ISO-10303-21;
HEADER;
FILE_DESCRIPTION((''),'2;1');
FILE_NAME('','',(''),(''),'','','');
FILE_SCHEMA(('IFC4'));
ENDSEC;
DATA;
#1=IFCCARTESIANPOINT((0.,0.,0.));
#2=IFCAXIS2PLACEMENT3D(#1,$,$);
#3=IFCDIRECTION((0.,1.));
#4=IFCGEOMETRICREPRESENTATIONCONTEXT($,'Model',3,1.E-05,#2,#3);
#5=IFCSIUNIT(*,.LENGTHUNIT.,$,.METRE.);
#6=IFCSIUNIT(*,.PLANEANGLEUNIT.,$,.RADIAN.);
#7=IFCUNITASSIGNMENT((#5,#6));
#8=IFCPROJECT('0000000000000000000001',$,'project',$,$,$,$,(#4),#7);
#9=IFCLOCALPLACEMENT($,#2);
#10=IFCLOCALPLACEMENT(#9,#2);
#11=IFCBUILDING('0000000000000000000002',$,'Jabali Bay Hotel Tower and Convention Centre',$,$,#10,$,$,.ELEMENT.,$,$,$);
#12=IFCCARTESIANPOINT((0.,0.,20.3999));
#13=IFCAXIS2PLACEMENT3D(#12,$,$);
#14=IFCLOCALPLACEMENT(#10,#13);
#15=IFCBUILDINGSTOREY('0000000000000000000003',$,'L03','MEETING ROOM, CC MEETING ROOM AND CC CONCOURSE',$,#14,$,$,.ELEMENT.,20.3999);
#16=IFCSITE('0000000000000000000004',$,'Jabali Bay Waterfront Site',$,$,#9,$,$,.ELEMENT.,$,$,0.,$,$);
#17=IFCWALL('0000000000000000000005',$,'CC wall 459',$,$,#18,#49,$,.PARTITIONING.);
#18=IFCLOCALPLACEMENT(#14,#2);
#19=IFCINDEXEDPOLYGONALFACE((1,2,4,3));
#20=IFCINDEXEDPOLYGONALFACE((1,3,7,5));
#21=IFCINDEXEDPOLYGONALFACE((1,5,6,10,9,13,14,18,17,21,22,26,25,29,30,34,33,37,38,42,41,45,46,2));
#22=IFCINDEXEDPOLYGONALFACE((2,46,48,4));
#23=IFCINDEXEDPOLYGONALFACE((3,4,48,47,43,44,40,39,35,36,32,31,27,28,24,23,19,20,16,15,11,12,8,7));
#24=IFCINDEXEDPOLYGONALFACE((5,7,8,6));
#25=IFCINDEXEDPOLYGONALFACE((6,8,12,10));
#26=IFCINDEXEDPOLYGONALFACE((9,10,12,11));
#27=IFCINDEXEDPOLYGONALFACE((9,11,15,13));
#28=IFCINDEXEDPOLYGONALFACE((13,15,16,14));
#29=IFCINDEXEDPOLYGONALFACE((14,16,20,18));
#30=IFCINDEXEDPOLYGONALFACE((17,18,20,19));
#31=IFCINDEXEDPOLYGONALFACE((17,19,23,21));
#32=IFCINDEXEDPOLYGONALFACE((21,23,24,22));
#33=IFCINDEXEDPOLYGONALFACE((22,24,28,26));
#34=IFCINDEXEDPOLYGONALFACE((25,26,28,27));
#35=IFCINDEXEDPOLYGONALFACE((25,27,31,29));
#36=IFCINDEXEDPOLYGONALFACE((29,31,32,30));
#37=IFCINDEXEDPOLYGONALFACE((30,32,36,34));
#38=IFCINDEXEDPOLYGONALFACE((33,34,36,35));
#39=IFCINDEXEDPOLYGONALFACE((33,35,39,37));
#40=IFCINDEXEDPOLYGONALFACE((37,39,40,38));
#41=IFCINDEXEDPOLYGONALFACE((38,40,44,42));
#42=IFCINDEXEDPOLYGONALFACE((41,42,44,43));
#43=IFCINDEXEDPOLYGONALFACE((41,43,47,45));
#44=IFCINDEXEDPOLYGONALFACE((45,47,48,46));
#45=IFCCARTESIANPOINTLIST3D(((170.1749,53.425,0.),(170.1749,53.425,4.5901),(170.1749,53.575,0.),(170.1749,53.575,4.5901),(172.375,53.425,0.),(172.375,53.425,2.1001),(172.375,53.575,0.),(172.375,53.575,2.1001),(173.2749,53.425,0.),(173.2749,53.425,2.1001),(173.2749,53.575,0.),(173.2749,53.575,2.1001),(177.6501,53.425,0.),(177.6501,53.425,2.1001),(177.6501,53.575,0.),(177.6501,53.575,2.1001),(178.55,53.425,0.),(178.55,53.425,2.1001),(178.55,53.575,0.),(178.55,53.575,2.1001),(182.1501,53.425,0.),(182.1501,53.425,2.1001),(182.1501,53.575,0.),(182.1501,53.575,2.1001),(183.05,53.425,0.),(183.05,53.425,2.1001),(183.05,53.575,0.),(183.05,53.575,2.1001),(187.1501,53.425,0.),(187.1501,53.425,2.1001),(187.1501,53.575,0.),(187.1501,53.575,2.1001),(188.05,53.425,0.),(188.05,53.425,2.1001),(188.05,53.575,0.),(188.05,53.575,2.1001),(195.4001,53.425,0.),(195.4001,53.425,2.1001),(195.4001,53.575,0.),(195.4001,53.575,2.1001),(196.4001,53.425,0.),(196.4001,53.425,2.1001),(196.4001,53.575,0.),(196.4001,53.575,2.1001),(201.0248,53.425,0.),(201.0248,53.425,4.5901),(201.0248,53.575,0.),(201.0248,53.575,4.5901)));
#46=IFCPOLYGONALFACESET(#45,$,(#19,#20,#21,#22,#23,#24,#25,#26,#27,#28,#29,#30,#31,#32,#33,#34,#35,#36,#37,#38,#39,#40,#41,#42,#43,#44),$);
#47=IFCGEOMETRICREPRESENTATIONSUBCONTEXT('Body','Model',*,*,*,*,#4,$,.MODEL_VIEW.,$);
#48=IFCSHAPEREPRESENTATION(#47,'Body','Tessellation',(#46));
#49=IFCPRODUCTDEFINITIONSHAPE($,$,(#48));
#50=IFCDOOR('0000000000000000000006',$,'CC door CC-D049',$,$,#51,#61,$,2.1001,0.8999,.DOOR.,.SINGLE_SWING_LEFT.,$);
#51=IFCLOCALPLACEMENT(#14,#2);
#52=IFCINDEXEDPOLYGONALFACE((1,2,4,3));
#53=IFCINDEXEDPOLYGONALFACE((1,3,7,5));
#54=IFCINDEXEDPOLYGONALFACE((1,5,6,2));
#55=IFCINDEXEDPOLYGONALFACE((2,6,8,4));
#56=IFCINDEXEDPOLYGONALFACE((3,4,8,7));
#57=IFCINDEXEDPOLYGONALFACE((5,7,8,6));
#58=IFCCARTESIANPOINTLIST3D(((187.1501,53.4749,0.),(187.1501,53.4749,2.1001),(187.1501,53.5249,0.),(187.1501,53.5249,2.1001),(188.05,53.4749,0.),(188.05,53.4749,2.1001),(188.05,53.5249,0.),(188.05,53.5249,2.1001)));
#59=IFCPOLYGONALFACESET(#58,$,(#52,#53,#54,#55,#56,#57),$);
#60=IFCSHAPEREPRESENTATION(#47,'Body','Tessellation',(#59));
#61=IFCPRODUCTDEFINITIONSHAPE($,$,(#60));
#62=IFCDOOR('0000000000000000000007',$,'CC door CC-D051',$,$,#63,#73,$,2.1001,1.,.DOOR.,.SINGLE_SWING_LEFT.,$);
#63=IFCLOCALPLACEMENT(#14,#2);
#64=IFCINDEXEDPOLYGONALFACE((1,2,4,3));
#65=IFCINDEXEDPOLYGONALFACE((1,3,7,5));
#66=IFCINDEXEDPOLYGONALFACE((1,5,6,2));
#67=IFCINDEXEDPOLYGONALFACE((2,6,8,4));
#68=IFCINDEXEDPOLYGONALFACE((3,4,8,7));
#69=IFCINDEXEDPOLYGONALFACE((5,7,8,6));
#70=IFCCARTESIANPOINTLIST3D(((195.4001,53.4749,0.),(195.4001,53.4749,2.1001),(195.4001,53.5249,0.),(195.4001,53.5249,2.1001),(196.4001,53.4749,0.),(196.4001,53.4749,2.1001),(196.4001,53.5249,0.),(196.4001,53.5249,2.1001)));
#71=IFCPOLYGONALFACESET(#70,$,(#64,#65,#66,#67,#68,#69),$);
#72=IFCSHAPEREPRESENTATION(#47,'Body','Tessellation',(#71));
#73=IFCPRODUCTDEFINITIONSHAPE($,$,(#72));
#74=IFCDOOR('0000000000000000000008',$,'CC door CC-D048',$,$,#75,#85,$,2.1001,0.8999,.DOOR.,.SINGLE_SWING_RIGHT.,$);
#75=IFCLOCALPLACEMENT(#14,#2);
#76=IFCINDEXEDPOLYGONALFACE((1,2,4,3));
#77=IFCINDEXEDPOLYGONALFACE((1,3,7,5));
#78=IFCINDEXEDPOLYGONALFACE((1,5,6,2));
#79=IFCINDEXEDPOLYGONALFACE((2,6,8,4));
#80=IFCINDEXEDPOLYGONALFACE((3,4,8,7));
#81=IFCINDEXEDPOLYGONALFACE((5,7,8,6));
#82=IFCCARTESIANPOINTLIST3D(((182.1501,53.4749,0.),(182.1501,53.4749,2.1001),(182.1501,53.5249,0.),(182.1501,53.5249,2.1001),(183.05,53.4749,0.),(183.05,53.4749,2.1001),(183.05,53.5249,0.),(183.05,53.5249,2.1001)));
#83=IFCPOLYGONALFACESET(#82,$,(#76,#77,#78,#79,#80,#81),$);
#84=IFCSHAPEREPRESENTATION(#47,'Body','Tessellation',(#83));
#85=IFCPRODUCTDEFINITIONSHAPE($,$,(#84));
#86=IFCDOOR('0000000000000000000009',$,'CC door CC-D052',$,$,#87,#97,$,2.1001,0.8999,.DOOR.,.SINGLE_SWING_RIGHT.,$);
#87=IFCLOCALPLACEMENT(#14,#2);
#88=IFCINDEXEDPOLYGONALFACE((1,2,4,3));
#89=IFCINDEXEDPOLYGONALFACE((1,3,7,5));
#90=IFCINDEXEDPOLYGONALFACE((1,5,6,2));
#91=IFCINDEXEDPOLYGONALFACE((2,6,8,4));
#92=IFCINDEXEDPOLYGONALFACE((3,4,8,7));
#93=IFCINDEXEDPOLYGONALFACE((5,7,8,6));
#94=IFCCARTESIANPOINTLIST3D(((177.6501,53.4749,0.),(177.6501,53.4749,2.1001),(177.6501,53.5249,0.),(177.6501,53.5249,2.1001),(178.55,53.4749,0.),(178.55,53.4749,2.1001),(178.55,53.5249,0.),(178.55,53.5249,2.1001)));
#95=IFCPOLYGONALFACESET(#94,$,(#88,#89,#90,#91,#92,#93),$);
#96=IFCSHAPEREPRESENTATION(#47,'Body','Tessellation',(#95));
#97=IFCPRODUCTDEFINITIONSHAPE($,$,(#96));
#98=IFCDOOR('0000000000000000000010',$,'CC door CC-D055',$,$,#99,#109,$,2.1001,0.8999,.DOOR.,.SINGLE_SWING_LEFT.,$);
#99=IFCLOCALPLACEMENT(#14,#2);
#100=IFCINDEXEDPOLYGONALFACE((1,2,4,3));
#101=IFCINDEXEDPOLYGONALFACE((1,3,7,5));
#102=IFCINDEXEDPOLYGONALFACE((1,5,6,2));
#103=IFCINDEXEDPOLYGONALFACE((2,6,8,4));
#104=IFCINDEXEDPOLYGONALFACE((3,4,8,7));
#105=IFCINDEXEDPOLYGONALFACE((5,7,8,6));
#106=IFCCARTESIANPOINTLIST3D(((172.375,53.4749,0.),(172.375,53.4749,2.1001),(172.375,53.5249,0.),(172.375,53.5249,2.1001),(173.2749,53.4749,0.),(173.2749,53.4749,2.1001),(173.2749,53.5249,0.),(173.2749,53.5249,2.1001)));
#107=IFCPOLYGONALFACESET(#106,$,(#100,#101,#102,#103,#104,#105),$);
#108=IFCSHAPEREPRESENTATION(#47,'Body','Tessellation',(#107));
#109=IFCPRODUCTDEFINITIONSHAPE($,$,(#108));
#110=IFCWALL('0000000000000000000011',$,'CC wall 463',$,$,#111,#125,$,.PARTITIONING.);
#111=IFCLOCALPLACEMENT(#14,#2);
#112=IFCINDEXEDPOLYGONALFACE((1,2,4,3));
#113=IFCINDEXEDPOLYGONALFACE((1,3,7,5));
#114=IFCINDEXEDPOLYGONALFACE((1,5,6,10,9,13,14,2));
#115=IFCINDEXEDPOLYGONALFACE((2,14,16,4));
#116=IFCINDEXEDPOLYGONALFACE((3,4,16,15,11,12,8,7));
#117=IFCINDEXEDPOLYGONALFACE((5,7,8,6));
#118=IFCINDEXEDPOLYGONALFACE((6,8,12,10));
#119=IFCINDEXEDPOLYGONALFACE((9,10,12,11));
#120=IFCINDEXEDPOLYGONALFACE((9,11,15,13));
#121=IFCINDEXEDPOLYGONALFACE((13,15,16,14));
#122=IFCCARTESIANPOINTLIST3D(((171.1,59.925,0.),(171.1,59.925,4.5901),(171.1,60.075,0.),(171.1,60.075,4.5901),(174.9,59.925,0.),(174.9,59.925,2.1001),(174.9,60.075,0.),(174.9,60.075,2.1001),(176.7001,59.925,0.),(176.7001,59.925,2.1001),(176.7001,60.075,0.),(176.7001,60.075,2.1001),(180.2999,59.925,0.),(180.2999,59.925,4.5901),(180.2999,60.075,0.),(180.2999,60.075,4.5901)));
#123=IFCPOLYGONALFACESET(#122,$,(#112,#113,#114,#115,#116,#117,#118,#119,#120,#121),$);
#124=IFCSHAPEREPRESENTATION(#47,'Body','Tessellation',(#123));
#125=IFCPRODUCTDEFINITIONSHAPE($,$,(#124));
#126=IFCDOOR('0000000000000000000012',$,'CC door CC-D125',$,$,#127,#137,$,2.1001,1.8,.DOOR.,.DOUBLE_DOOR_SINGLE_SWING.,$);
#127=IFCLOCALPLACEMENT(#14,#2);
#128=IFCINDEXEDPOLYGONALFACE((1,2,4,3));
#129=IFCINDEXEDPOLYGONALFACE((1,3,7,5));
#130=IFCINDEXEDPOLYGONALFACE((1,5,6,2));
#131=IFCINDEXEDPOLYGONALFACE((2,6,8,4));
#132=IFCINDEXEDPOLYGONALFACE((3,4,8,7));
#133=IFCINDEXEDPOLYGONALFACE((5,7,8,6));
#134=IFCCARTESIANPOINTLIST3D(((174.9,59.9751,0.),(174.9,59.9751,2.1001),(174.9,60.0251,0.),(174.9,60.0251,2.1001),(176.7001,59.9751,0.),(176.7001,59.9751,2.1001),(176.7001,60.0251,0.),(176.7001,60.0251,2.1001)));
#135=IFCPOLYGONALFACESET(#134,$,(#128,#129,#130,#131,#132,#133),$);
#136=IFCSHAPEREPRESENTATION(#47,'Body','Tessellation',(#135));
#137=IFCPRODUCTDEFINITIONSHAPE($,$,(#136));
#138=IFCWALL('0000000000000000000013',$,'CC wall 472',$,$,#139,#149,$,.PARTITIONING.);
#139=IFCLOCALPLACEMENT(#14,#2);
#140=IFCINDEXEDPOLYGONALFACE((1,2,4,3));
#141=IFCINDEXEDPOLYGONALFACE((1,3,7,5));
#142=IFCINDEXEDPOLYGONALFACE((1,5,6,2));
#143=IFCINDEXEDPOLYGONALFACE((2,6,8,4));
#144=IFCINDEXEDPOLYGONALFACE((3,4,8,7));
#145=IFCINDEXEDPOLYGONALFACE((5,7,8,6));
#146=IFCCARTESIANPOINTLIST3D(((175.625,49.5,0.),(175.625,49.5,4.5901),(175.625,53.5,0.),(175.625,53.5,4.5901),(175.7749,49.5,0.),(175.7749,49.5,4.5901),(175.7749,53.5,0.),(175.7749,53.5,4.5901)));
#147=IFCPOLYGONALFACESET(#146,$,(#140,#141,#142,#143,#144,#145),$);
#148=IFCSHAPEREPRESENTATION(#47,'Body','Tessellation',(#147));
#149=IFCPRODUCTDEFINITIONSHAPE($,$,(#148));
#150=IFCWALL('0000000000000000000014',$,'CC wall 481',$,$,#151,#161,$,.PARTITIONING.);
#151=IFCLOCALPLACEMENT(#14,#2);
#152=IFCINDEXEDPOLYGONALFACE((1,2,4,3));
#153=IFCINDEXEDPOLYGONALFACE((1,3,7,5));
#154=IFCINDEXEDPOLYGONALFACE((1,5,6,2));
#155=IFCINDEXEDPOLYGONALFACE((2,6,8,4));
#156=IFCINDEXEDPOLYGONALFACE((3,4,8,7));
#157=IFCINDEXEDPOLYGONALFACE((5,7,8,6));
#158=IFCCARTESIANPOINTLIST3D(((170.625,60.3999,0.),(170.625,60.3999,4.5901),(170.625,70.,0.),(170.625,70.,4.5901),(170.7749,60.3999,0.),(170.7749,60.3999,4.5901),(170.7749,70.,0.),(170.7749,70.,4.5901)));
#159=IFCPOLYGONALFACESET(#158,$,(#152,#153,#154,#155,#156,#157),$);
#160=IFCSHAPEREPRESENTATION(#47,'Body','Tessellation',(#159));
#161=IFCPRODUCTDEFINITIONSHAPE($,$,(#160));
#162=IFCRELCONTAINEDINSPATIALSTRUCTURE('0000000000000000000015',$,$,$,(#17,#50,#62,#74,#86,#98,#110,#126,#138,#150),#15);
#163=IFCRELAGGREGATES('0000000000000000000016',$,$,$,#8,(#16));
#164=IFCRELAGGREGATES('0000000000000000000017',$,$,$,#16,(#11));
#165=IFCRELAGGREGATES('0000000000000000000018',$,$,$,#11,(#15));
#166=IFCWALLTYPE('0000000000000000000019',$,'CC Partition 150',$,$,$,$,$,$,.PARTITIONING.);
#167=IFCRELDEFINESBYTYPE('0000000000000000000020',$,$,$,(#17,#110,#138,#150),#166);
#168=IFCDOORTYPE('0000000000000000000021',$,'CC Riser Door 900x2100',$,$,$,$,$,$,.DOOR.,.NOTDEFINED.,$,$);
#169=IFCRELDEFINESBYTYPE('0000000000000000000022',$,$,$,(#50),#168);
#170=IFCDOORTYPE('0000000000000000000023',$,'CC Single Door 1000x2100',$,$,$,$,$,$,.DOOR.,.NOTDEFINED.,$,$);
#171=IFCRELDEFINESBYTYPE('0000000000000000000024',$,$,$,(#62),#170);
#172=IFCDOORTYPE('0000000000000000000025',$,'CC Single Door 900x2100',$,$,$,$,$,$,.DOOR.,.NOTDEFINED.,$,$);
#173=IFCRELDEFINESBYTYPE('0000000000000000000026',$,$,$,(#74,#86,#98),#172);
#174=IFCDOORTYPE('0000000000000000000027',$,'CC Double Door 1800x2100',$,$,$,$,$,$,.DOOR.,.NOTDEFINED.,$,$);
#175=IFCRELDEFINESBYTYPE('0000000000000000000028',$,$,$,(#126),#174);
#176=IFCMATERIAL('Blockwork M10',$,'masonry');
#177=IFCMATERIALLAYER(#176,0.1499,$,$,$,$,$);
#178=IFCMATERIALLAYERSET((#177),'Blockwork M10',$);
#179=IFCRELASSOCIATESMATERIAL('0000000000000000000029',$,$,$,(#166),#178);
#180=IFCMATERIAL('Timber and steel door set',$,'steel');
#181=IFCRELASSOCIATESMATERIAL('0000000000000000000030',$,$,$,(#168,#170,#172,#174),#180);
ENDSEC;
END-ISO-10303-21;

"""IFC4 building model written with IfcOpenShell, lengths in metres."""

from ifc_helpers import new_model, si_unit, direction, frame, frame_2d, origin, place, context, subcontext, project, spatial, rectangle, extrude, material, layer, layer_set, type_object, element, fill, save


model = new_model("IFC4")

# Units and contexts
model_context = context("Model", 3, precision=1e-05, world=origin(), true_north=direction((0.0, 1.0)))
body_context = subcontext(model_context, "Body", "Model", "MODEL_VIEW")
ifc_project = project(units=[si_unit("LENGTHUNIT", "METRE"), si_unit("PLANEANGLEUNIT", "RADIAN")], contexts=[model_context])

# Site, building, storey
site_placement = place(None, origin())
site = spatial("IfcSite", under=ifc_project, at=site_placement, Name="Jabali Bay Waterfront Site", CompositionType="ELEMENT", RefElevation=0.0)
building_placement = place(site_placement, origin())
building = spatial("IfcBuilding", under=site, at=building_placement, Name="Jabali Bay Hotel Tower and Convention Centre", CompositionType="ELEMENT")
storey_placement = place(building_placement, frame((0.0, 0.0, 20.3999)))
storey = spatial("IfcBuildingStorey", under=building, at=storey_placement, Name="L03", Description="MEETING ROOM, CC MEETING ROOM AND CC CONCOURSE", CompositionType="ELEMENT", Elevation=20.3999)

# Wall, openings, doors
ifc_material_1 = material(Name="Blockwork M10", Category="masonry")
ifc_layer_1 = layer(ifc_material_1, 0.1499)
ifc_layer_set_1 = layer_set([ifc_layer_1], Name="Blockwork M10")
wall_type_1 = type_object("IfcWallType", Name="CC Partition 150", PredefinedType="PARTITIONING", material=ifc_layer_set_1)
wall_1_placement = place(storey_placement, frame((170.175, 53.5, 0.0), z_axis=(0.0, 0.0, 1.0), x_axis=(1.0, 0.0, 0.0)))
wall_1 = element("IfcWall", 1, at=wall_1_placement, inside=storey, type_object=wall_type_1, Name="CC wall 459", PredefinedType="PARTITIONING", context=body_context, shape_type="SweptSolid", body=[
    extrude(rectangle(XDim=30.8499, YDim=0.1499, at=frame_2d((15.4248, 0.0))), origin(), (0.0, 0.0, 1.0), 4.5901),
])
opening_1_placement = place(wall_1_placement, frame((11.9751, 0.0, 0.0)))
opening_1 = element("IfcOpeningElement", 2, at=opening_1_placement, cuts=wall_1, PredefinedType="OPENING", context=body_context, shape_type="SweptSolid", body=[
    extrude(rectangle(XDim=0.8999, YDim=2.1001, at=frame_2d((0.45, 1.05))), frame((0.0, 0.0854, 0.0), z_axis=(0.0, -1.0, 0.0), x_axis=(1.0, 0.0, 0.0)), (0.0, 0.0, 1.0), 0.1709),
])
opening_2_placement = place(wall_1_placement, frame((16.9751, 0.0, 0.0)))
opening_2 = element("IfcOpeningElement", 3, at=opening_2_placement, cuts=wall_1, PredefinedType="OPENING", context=body_context, shape_type="SweptSolid", body=[
    extrude(rectangle(XDim=0.8999, YDim=2.1001, at=frame_2d((0.45, 1.05))), frame((0.0, 0.0854, 0.0), z_axis=(0.0, -1.0, 0.0), x_axis=(1.0, 0.0, 0.0)), (0.0, 0.0, 1.0), 0.1709),
])
opening_3_placement = place(wall_1_placement, frame((25.2251, 0.0, 0.0)))
opening_3 = element("IfcOpeningElement", 4, at=opening_3_placement, cuts=wall_1, PredefinedType="OPENING", context=body_context, shape_type="SweptSolid", body=[
    extrude(rectangle(XDim=1.0, YDim=2.1001, at=frame_2d((0.5, 1.05))), frame((0.0, 0.0854, 0.0), z_axis=(0.0, -1.0, 0.0), x_axis=(1.0, 0.0, 0.0)), (0.0, 0.0, 1.0), 0.1709),
])
opening_4_placement = place(wall_1_placement, frame((7.4751, 0.0, 0.0)))
opening_4 = element("IfcOpeningElement", 5, at=opening_4_placement, cuts=wall_1, PredefinedType="OPENING", context=body_context, shape_type="SweptSolid", body=[
    extrude(rectangle(XDim=0.8999, YDim=2.1001, at=frame_2d((0.45, 1.05))), frame((0.0, 0.0854, 0.0), z_axis=(0.0, -1.0, 0.0), x_axis=(1.0, 0.0, 0.0)), (0.0, 0.0, 1.0), 0.1709),
])
opening_5_placement = place(wall_1_placement, frame((2.2, 0.0, 0.0)))
opening_5 = element("IfcOpeningElement", 6, at=opening_5_placement, cuts=wall_1, PredefinedType="OPENING", context=body_context, shape_type="SweptSolid", body=[
    extrude(rectangle(XDim=0.8999, YDim=2.1001, at=frame_2d((0.45, 1.05))), frame((0.0, 0.0854, 0.0), z_axis=(0.0, -1.0, 0.0), x_axis=(1.0, 0.0, 0.0)), (0.0, 0.0, 1.0), 0.1709),
])
ifc_material_2 = material(Name="Timber and steel door set", Category="steel")
door_type_1 = type_object("IfcDoorType", Name="CC Riser Door 900x2100", OperationType="NOTDEFINED", PredefinedType="DOOR", material=ifc_material_2)
door_1_placement = place(opening_2_placement, origin())
door_1 = element("IfcDoor", 7, at=door_1_placement, inside=storey, type_object=door_type_1, Name="CC door CC-D049", OperationType="SINGLE_SWING_LEFT", OverallHeight=2.1001, OverallWidth=0.8999, PredefinedType="DOOR", context=body_context, shape_type="SweptSolid", body=[
    extrude(rectangle(XDim=0.8999, YDim=2.1001, at=frame_2d((0.45, 1.05))), frame((0.0, 0.0249, 0.0), z_axis=(0.0, -1.0, 0.0), x_axis=(1.0, 0.0, 0.0)), (0.0, 0.0, 1.0), 0.05),
])
fill(opening_2, door_1)
door_type_2 = type_object("IfcDoorType", Name="CC Single Door 1000x2100", OperationType="NOTDEFINED", PredefinedType="DOOR", material=ifc_material_2)
door_2_placement = place(opening_3_placement, origin())
door_2 = element("IfcDoor", 8, at=door_2_placement, inside=storey, type_object=door_type_2, Name="CC door CC-D051", OperationType="SINGLE_SWING_LEFT", OverallHeight=2.1001, OverallWidth=1.0, PredefinedType="DOOR", context=body_context, shape_type="SweptSolid", body=[
    extrude(rectangle(XDim=1.0, YDim=2.1001, at=frame_2d((0.5, 1.05))), frame((0.0, 0.0249, 0.0), z_axis=(0.0, -1.0, 0.0), x_axis=(1.0, 0.0, 0.0)), (0.0, 0.0, 1.0), 0.05),
])
fill(opening_3, door_2)
door_type_3 = type_object("IfcDoorType", Name="CC Single Door 900x2100", OperationType="NOTDEFINED", PredefinedType="DOOR", material=ifc_material_2)
door_3_placement = place(opening_1_placement, origin())
door_3 = element("IfcDoor", 9, at=door_3_placement, inside=storey, type_object=door_type_3, Name="CC door CC-D048", OperationType="SINGLE_SWING_RIGHT", OverallHeight=2.1001, OverallWidth=0.8999, PredefinedType="DOOR", context=body_context, shape_type="SweptSolid", body=[
    extrude(rectangle(XDim=0.8999, YDim=2.1001, at=frame_2d((0.45, 1.05))), frame((0.0, 0.0249, 0.0), z_axis=(0.0, -1.0, 0.0), x_axis=(1.0, 0.0, 0.0)), (0.0, 0.0, 1.0), 0.05),
])
fill(opening_1, door_3)
door_4_placement = place(opening_4_placement, origin())
door_4 = element("IfcDoor", 10, at=door_4_placement, inside=storey, type_object=door_type_3, Name="CC door CC-D052", OperationType="SINGLE_SWING_RIGHT", OverallHeight=2.1001, OverallWidth=0.8999, PredefinedType="DOOR", context=body_context, shape_type="SweptSolid", body=[
    extrude(rectangle(XDim=0.8999, YDim=2.1001, at=frame_2d((0.45, 1.05))), frame((0.0, 0.0249, 0.0), z_axis=(0.0, -1.0, 0.0), x_axis=(1.0, 0.0, 0.0)), (0.0, 0.0, 1.0), 0.05),
])
fill(opening_4, door_4)
door_5_placement = place(opening_5_placement, origin())
door_5 = element("IfcDoor", 11, at=door_5_placement, inside=storey, type_object=door_type_3, Name="CC door CC-D055", OperationType="SINGLE_SWING_LEFT", OverallHeight=2.1001, OverallWidth=0.8999, PredefinedType="DOOR", context=body_context, shape_type="SweptSolid", body=[
    extrude(rectangle(XDim=0.8999, YDim=2.1001, at=frame_2d((0.45, 1.05))), frame((0.0, 0.0249, 0.0), z_axis=(0.0, -1.0, 0.0), x_axis=(1.0, 0.0, 0.0)), (0.0, 0.0, 1.0), 0.05),
])
fill(opening_5, door_5)

# Wall, opening, door
wall_2_placement = place(storey_placement, frame((180.3, 60.0, 0.0), z_axis=(0.0, 0.0, 1.0), x_axis=(-1.0, 0.0, 0.0)))
wall_2 = element("IfcWall", 12, at=wall_2_placement, inside=storey, type_object=wall_type_1, Name="CC wall 463", PredefinedType="PARTITIONING", context=body_context, shape_type="SweptSolid", body=[
    extrude(rectangle(XDim=9.2, YDim=0.1499, at=frame_2d((4.6001, 0.0))), origin(), (0.0, 0.0, 1.0), 4.5901),
])
opening_6_placement = place(wall_2_placement, frame((3.6001, 0.0, 0.0)))
opening_6 = element("IfcOpeningElement", 13, at=opening_6_placement, cuts=wall_2, PredefinedType="OPENING", context=body_context, shape_type="SweptSolid", body=[
    extrude(rectangle(XDim=1.8, YDim=2.1001, at=frame_2d((0.8999, 1.05))), frame((0.0, 0.0854, 0.0), z_axis=(0.0, -1.0, 0.0), x_axis=(1.0, 0.0, 0.0)), (0.0, 0.0, 1.0), 0.1709),
])
door_type_4 = type_object("IfcDoorType", Name="CC Double Door 1800x2100", OperationType="NOTDEFINED", PredefinedType="DOOR", material=ifc_material_2)
door_6_placement = place(opening_6_placement, origin())
door_6 = element("IfcDoor", 14, at=door_6_placement, inside=storey, type_object=door_type_4, Name="CC door CC-D125", OperationType="DOUBLE_DOOR_SINGLE_SWING", OverallHeight=2.1001, OverallWidth=1.8, PredefinedType="DOOR", context=body_context, shape_type="SweptSolid", body=[
    extrude(rectangle(XDim=1.8, YDim=2.1001, at=frame_2d((0.8999, 1.05))), frame((0.0, 0.0249, 0.0), z_axis=(0.0, -1.0, 0.0), x_axis=(1.0, 0.0, 0.0)), (0.0, 0.0, 1.0), 0.05),
])
fill(opening_6, door_6)

# Walls
wall_3_placement = place(storey_placement, frame((175.7, 49.5, 0.0), z_axis=(0.0, 0.0, 1.0), x_axis=(0.0, 1.0, 0.0)))
element("IfcWall", 15, at=wall_3_placement, inside=storey, type_object=wall_type_1, Name="CC wall 472", PredefinedType="PARTITIONING", context=body_context, shape_type="SweptSolid", body=[
    extrude(rectangle(XDim=4.0, YDim=0.1499, at=frame_2d((2.0, 0.0))), origin(), (0.0, 0.0, 1.0), 4.5901),
])
wall_4_placement = place(storey_placement, frame((170.7, 60.3999, 0.0), z_axis=(0.0, 0.0, 1.0), x_axis=(0.0, 1.0, 0.0)))
element("IfcWall", 16, at=wall_4_placement, inside=storey, type_object=wall_type_1, Name="CC wall 481", PredefinedType="PARTITIONING", context=body_context, shape_type="SweptSolid", body=[
    extrude(rectangle(XDim=9.6001, YDim=0.1499, at=frame_2d((4.8, 0.0))), origin(), (0.0, 0.0, 1.0), 4.5901),
])

save(model, "model.ifc")
